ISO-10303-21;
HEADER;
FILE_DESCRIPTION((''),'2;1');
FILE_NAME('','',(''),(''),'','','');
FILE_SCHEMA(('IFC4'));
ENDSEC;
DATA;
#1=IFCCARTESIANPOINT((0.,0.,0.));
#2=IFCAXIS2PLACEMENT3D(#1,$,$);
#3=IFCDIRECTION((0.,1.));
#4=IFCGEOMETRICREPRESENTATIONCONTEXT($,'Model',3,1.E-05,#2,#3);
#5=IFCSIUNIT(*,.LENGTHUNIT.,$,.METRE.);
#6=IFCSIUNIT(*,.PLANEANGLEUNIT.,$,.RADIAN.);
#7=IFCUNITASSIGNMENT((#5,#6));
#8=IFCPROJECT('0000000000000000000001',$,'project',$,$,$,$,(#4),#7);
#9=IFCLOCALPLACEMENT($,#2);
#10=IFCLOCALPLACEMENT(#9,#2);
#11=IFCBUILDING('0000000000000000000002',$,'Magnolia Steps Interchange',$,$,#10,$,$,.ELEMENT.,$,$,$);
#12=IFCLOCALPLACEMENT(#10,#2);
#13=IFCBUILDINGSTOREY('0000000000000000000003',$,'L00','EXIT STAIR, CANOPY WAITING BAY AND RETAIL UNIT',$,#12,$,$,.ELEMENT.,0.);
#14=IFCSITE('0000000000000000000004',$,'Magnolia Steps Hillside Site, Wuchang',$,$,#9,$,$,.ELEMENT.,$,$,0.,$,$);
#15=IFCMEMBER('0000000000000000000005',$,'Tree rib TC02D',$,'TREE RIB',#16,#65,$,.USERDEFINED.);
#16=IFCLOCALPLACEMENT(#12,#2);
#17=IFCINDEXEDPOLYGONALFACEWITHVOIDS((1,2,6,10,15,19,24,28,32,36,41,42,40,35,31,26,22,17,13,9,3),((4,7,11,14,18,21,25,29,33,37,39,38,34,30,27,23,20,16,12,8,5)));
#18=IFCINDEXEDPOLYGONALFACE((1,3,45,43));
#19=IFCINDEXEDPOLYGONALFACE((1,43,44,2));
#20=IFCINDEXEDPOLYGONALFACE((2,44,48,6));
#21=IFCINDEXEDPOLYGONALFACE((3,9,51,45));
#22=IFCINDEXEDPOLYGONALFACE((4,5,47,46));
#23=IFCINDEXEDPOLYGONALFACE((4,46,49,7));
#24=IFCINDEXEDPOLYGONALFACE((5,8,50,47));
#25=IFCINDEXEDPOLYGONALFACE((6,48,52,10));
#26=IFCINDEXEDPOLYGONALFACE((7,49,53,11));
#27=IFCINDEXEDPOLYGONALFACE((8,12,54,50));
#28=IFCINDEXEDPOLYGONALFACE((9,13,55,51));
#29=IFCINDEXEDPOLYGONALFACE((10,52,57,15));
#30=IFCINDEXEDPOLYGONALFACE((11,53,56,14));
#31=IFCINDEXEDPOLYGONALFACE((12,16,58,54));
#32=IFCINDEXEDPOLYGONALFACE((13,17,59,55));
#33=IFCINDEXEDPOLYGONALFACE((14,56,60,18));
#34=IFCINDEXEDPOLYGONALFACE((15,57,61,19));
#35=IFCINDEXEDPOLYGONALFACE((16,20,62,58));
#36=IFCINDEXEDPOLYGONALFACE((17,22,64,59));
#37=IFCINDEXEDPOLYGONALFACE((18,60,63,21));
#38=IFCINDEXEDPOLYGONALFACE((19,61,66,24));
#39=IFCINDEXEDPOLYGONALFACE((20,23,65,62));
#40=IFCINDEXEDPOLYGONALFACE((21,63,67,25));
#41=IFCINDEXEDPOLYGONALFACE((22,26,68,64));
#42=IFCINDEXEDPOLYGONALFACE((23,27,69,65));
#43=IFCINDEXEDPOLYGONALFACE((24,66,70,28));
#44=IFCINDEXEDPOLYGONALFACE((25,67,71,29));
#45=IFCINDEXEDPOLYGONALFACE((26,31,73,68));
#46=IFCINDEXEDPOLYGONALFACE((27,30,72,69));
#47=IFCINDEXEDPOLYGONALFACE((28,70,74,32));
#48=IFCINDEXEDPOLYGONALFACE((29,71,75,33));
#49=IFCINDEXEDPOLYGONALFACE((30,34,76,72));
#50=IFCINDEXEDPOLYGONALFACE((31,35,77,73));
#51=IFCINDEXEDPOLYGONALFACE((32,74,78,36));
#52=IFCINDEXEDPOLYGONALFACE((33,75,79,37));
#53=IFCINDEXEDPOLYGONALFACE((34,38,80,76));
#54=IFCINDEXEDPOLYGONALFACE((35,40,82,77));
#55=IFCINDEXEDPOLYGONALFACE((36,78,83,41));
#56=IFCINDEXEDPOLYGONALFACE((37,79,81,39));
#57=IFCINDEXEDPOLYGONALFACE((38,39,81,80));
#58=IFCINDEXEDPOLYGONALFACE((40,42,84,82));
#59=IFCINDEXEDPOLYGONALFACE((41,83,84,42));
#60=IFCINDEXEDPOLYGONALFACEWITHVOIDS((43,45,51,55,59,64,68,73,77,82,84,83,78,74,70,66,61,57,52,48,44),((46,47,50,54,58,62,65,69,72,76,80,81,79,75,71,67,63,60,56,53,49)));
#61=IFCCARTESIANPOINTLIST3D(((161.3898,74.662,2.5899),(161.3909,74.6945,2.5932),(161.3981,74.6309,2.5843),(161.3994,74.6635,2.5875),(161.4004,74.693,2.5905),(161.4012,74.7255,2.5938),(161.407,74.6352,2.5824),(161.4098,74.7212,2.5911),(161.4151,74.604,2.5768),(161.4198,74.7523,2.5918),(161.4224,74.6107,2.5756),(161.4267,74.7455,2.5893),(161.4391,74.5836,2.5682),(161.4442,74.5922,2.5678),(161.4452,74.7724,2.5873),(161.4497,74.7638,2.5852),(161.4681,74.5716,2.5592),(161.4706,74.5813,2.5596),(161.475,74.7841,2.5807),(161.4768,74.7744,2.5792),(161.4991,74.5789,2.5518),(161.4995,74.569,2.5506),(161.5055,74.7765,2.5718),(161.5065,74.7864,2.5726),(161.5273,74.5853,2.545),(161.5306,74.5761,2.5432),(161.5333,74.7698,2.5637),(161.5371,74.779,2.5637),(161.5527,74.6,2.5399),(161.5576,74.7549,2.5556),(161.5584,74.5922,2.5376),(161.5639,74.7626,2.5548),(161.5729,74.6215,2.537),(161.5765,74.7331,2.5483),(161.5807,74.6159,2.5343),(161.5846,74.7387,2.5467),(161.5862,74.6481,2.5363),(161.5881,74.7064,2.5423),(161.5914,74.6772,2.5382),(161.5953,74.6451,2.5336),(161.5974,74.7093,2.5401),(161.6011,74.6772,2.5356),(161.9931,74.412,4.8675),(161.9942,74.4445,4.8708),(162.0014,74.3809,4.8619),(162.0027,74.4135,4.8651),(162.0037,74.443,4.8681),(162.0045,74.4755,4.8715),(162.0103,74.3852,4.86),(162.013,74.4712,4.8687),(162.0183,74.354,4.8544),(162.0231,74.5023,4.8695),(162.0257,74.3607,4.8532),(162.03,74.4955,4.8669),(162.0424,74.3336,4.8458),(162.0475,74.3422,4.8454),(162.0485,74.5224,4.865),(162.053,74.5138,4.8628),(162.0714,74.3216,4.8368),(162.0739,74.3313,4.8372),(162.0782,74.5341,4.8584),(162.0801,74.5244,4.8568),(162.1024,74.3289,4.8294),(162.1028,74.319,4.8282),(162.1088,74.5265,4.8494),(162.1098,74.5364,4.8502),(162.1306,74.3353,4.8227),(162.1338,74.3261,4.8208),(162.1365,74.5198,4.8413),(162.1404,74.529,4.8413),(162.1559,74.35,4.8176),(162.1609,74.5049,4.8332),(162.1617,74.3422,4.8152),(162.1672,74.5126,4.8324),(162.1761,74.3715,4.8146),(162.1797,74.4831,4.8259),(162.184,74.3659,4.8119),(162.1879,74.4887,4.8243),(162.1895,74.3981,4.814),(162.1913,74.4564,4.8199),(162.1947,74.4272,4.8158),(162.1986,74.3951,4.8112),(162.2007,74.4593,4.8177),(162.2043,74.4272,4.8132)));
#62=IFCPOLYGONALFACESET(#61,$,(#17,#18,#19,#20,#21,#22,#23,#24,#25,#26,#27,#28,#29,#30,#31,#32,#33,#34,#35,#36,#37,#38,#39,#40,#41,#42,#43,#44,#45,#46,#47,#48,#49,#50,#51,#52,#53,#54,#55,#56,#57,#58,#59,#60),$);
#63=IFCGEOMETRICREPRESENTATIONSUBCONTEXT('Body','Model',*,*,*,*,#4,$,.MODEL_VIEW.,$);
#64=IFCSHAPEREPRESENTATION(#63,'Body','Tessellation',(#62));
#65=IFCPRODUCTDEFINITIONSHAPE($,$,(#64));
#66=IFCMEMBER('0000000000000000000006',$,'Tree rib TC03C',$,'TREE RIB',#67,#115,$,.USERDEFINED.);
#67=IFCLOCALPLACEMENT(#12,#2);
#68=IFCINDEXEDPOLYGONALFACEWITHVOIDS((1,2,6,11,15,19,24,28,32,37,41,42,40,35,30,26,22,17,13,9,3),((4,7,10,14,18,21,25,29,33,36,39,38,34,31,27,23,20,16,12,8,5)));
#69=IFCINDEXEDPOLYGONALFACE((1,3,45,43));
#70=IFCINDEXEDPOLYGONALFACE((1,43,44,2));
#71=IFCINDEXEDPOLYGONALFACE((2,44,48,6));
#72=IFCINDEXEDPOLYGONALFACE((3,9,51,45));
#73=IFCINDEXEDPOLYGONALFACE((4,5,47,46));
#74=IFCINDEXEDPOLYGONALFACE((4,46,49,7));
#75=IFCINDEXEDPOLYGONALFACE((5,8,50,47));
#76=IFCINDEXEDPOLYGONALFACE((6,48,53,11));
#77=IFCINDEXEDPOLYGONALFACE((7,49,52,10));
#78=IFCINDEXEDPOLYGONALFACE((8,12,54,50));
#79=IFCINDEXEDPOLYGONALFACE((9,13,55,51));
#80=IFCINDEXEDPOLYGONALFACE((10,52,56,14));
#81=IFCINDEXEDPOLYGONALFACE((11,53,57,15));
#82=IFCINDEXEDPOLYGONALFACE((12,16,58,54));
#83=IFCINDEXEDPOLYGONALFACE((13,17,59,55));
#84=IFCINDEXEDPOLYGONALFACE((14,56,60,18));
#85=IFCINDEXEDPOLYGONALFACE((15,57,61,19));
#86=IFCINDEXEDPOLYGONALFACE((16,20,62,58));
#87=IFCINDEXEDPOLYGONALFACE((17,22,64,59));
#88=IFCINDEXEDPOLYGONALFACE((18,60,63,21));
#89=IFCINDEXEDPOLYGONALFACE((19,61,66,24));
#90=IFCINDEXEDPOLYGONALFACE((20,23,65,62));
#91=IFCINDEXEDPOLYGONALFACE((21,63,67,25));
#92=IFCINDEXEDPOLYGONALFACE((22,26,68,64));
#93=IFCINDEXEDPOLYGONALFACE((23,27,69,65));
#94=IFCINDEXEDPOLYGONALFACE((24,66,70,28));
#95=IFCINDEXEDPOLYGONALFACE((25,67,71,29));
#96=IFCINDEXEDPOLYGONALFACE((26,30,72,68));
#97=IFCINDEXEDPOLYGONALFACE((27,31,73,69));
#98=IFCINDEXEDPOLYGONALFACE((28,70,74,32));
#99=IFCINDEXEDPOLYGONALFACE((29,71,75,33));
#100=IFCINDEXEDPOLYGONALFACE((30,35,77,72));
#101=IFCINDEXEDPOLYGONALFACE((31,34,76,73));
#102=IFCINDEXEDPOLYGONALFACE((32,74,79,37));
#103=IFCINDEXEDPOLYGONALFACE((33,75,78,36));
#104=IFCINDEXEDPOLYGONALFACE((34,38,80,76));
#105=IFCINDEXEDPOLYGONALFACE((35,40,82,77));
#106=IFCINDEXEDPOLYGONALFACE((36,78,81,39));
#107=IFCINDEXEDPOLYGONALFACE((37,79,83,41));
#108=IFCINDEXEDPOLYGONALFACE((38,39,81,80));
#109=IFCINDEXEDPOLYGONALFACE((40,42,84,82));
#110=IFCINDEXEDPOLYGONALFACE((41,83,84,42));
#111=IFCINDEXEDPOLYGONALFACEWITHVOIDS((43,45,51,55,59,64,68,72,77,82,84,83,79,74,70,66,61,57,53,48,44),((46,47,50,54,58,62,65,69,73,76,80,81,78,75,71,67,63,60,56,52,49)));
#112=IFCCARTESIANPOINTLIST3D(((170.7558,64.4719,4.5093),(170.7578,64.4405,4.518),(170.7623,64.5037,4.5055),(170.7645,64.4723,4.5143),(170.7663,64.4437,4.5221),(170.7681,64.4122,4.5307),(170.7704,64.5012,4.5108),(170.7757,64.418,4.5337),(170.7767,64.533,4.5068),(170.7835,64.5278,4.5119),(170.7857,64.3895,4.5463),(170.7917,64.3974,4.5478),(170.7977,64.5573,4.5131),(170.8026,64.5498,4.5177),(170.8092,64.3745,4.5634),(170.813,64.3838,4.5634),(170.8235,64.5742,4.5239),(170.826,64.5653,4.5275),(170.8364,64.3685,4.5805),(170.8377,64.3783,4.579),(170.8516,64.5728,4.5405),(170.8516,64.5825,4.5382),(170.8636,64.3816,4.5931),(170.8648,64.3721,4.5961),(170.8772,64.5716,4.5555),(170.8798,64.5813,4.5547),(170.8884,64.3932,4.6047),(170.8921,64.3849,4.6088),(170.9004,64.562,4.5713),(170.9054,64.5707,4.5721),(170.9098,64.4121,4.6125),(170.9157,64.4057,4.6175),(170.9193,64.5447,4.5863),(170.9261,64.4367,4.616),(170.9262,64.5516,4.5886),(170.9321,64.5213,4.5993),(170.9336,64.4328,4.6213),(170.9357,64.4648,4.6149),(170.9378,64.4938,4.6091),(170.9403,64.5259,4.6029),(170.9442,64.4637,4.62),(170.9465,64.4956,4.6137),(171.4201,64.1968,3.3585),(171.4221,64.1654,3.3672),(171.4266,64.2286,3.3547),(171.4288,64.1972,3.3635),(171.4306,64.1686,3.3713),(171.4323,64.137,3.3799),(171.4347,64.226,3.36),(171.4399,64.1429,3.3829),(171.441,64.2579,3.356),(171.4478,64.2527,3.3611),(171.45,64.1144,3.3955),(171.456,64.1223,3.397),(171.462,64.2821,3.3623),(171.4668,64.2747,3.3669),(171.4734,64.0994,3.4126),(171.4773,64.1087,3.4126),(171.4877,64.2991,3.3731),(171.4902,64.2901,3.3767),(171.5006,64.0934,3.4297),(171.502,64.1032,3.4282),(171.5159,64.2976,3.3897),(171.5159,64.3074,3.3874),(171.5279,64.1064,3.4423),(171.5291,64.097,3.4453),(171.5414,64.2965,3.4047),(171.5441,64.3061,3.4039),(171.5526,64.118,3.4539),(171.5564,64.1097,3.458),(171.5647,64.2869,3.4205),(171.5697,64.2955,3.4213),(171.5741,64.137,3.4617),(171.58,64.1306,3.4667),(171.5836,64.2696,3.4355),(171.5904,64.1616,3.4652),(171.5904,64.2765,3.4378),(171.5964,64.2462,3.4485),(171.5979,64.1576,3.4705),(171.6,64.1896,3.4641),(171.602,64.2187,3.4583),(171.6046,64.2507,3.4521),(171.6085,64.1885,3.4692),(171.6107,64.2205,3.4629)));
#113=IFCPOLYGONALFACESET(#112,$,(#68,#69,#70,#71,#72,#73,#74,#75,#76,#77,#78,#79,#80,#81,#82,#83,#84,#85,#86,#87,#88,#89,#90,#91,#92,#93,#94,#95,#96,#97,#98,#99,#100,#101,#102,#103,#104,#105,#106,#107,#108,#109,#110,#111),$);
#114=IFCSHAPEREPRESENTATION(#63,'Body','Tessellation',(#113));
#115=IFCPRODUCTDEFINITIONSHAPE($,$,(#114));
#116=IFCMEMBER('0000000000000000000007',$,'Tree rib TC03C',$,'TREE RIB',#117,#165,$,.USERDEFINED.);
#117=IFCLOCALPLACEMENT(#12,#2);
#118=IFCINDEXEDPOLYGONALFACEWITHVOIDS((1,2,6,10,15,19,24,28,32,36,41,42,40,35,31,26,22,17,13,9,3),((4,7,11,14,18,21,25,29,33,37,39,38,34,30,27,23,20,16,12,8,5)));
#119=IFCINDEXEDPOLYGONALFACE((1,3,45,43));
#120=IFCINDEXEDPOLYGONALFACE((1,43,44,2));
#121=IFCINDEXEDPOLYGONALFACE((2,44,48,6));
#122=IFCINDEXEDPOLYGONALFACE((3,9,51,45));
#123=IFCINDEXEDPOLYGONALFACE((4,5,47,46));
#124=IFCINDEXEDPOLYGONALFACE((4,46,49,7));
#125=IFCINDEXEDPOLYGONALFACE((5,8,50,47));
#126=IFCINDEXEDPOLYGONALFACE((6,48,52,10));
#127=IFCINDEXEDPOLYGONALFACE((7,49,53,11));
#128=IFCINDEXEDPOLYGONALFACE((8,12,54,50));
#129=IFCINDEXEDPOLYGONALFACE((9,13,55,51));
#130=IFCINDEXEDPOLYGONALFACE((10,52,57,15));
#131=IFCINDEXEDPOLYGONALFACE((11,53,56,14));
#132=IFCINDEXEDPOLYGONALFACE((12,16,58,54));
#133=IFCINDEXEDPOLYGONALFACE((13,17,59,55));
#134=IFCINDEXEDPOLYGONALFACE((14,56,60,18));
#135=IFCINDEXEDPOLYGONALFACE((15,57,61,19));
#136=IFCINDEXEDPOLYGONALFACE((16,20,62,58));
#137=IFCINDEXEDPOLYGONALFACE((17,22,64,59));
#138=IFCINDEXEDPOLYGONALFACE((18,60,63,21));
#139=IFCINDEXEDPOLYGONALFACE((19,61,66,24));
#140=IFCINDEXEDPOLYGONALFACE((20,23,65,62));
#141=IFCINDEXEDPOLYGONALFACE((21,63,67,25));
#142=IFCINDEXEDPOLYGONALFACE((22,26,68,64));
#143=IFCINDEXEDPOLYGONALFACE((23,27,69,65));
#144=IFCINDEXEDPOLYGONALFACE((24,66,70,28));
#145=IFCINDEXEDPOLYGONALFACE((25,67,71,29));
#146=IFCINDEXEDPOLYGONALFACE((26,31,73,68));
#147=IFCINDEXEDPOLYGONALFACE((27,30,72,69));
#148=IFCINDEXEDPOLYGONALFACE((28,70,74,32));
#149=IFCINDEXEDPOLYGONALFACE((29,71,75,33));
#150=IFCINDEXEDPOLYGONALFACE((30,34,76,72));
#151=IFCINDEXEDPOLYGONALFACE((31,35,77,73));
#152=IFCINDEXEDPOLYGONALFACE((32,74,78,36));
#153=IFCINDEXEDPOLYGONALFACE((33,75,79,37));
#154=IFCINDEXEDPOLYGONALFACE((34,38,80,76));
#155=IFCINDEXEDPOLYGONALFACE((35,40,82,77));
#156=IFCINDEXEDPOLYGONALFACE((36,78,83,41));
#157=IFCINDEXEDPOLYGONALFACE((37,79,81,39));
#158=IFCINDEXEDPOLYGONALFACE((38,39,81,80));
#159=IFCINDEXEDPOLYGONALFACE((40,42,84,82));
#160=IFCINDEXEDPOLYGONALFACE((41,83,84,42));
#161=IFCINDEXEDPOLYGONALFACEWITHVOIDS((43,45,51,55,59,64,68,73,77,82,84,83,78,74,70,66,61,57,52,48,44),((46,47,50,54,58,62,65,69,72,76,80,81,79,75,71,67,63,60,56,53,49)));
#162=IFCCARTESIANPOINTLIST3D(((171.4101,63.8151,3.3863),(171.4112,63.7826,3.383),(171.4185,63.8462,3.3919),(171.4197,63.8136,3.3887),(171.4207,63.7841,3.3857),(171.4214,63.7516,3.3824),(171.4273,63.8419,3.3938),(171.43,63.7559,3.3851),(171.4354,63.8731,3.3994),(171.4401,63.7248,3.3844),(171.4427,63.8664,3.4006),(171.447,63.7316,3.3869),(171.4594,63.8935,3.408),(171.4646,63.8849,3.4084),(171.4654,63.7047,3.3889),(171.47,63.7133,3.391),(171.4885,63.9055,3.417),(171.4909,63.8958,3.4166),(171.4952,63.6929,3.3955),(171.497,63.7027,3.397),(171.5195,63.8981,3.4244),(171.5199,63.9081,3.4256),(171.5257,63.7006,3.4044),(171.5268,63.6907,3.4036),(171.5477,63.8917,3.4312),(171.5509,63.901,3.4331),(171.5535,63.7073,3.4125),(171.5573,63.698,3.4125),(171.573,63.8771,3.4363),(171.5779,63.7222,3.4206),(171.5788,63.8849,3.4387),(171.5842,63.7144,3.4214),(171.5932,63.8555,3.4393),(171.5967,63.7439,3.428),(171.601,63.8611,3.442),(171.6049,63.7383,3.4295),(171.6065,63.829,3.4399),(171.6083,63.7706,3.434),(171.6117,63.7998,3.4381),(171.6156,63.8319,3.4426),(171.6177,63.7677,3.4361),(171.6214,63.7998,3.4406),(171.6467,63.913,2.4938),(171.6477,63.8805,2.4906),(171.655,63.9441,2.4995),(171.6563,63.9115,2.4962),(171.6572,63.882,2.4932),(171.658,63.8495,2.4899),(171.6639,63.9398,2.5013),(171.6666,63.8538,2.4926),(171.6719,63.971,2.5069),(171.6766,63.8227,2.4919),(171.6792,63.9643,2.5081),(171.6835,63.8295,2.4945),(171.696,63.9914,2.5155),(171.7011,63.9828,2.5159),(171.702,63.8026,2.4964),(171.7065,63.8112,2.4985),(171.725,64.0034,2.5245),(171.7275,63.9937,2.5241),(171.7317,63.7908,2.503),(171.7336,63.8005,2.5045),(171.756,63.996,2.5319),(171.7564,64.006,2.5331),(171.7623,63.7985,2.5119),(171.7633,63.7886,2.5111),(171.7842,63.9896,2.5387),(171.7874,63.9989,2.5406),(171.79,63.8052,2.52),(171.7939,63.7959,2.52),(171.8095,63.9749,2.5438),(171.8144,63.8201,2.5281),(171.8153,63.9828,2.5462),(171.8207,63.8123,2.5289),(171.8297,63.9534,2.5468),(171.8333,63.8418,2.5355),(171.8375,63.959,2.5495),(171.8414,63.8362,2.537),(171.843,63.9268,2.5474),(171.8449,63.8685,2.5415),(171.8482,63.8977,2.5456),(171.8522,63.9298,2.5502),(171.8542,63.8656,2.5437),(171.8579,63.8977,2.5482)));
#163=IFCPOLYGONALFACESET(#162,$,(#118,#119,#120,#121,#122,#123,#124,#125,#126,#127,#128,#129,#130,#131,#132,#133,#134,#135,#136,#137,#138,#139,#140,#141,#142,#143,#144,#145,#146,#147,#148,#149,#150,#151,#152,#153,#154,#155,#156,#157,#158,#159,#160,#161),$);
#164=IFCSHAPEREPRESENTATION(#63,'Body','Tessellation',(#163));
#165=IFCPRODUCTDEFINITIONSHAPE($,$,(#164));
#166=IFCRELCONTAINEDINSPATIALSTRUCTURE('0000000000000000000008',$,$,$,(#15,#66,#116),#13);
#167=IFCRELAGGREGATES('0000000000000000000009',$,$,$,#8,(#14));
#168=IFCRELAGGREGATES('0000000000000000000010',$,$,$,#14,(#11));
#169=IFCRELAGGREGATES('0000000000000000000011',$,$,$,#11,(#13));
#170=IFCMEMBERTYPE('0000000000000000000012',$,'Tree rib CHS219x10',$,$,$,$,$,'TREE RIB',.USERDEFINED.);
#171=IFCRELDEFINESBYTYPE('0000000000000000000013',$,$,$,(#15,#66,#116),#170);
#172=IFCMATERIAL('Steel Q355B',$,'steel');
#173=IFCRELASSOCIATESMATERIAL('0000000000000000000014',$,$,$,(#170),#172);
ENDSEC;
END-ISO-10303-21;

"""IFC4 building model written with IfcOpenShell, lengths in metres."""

from ifc_helpers import new_model, si_unit, direction, frame, origin, origin_2d, place, context, subcontext, project, spatial, hollow_circle, extrude, material, material_profile, profile_set, type_object, element, save


model = new_model("IFC4")

# Units and contexts
model_context = context("Model", 3, precision=1e-05, world=origin(), true_north=direction((0.0, 1.0)))
body_context = subcontext(model_context, "Body", "Model", "MODEL_VIEW")
ifc_project = project(units=[si_unit("LENGTHUNIT", "METRE"), si_unit("PLANEANGLEUNIT", "RADIAN")], contexts=[model_context])

# Site, building, storey
site_placement = place(None, origin())
site = spatial("IfcSite", under=ifc_project, at=site_placement, Name="Magnolia Steps Hillside Site, Wuchang", CompositionType="ELEMENT", RefElevation=0.0)
building_placement = place(site_placement, origin())
building = spatial("IfcBuilding", under=site, at=building_placement, Name="Magnolia Steps Interchange", CompositionType="ELEMENT")
storey_placement = place(building_placement, origin())
storey = spatial("IfcBuildingStorey", under=building, at=storey_placement, Name="L00", Description="EXIT STAIR, CANOPY WAITING BAY AND RETAIL UNIT", CompositionType="ELEMENT", Elevation=0.0)

# Members
ifc_material_1 = material(Name="Steel Q355B", Category="steel")
ifc_material_profile_1 = material_profile(ifc_material_1, hollow_circle(Radius=0.1096, WallThickness=0.01, at=origin_2d()), Name="CHS219x10")
ifc_profile_set_1 = profile_set([ifc_material_profile_1], Name="Steel Q355B")
member_type = type_object("IfcMemberType", Name="Tree rib CHS219x10", ElementType="TREE RIB", PredefinedType="USERDEFINED", material=ifc_profile_set_1)
for number, where, z_axis, x_axis, name in (
    (1, (161.4951, 74.6777, 2.5637), (0.254614, -0.105514, 0.961269), (0.382836, 0.923816, 0.0), "Tree rib TC02D"),
):
    element("IfcMember", number, at=place(storey_placement, frame(where, z_axis=z_axis, x_axis=x_axis)), inside=storey, type_object=member_type, Name=name, ObjectType="TREE RIB", PredefinedType="USERDEFINED", context=body_context, shape_type="SweptSolid", body=[
        extrude(hollow_circle(Radius=0.1096, WallThickness=0.01, at=origin_2d()), origin(), (0.0, 0.0, 1.0), 2.3694),
    ])
member_1_placement = place(storey_placement, frame((171.5154, 64.2007, 3.4126), z_axis=(-0.48953, 0.202756, 0.848086), x_axis=(-0.382662, -0.923889, 0.0)))
element("IfcMember", 2, at=member_1_placement, inside=storey, type_object=member_type, Name="Tree rib TC03C", ObjectType="TREE RIB", PredefinedType="USERDEFINED", context=body_context, shape_type="SweptSolid", body=[
    extrude(hollow_circle(Radius=0.1096, WallThickness=0.01, at=origin_2d()), origin(), (0.0, 0.0, 1.0), 1.3569),
])
member_2_placement = place(storey_placement, frame((171.752, 63.8972, 2.52), z_axis=(-0.25477, -0.105431, 0.961237), x_axis=(0.38238, -0.924005, 0.0)))
element("IfcMember", 3, at=member_2_placement, inside=storey, type_object=member_type, Name="Tree rib TC03C", ObjectType="TREE RIB", PredefinedType="USERDEFINED", context=body_context, shape_type="SweptSolid", body=[
    extrude(hollow_circle(Radius=0.1096, WallThickness=0.01, at=origin_2d()), origin(), (0.0, 0.0, 1.0), 0.9285),
])

save(model, "model.ifc")
